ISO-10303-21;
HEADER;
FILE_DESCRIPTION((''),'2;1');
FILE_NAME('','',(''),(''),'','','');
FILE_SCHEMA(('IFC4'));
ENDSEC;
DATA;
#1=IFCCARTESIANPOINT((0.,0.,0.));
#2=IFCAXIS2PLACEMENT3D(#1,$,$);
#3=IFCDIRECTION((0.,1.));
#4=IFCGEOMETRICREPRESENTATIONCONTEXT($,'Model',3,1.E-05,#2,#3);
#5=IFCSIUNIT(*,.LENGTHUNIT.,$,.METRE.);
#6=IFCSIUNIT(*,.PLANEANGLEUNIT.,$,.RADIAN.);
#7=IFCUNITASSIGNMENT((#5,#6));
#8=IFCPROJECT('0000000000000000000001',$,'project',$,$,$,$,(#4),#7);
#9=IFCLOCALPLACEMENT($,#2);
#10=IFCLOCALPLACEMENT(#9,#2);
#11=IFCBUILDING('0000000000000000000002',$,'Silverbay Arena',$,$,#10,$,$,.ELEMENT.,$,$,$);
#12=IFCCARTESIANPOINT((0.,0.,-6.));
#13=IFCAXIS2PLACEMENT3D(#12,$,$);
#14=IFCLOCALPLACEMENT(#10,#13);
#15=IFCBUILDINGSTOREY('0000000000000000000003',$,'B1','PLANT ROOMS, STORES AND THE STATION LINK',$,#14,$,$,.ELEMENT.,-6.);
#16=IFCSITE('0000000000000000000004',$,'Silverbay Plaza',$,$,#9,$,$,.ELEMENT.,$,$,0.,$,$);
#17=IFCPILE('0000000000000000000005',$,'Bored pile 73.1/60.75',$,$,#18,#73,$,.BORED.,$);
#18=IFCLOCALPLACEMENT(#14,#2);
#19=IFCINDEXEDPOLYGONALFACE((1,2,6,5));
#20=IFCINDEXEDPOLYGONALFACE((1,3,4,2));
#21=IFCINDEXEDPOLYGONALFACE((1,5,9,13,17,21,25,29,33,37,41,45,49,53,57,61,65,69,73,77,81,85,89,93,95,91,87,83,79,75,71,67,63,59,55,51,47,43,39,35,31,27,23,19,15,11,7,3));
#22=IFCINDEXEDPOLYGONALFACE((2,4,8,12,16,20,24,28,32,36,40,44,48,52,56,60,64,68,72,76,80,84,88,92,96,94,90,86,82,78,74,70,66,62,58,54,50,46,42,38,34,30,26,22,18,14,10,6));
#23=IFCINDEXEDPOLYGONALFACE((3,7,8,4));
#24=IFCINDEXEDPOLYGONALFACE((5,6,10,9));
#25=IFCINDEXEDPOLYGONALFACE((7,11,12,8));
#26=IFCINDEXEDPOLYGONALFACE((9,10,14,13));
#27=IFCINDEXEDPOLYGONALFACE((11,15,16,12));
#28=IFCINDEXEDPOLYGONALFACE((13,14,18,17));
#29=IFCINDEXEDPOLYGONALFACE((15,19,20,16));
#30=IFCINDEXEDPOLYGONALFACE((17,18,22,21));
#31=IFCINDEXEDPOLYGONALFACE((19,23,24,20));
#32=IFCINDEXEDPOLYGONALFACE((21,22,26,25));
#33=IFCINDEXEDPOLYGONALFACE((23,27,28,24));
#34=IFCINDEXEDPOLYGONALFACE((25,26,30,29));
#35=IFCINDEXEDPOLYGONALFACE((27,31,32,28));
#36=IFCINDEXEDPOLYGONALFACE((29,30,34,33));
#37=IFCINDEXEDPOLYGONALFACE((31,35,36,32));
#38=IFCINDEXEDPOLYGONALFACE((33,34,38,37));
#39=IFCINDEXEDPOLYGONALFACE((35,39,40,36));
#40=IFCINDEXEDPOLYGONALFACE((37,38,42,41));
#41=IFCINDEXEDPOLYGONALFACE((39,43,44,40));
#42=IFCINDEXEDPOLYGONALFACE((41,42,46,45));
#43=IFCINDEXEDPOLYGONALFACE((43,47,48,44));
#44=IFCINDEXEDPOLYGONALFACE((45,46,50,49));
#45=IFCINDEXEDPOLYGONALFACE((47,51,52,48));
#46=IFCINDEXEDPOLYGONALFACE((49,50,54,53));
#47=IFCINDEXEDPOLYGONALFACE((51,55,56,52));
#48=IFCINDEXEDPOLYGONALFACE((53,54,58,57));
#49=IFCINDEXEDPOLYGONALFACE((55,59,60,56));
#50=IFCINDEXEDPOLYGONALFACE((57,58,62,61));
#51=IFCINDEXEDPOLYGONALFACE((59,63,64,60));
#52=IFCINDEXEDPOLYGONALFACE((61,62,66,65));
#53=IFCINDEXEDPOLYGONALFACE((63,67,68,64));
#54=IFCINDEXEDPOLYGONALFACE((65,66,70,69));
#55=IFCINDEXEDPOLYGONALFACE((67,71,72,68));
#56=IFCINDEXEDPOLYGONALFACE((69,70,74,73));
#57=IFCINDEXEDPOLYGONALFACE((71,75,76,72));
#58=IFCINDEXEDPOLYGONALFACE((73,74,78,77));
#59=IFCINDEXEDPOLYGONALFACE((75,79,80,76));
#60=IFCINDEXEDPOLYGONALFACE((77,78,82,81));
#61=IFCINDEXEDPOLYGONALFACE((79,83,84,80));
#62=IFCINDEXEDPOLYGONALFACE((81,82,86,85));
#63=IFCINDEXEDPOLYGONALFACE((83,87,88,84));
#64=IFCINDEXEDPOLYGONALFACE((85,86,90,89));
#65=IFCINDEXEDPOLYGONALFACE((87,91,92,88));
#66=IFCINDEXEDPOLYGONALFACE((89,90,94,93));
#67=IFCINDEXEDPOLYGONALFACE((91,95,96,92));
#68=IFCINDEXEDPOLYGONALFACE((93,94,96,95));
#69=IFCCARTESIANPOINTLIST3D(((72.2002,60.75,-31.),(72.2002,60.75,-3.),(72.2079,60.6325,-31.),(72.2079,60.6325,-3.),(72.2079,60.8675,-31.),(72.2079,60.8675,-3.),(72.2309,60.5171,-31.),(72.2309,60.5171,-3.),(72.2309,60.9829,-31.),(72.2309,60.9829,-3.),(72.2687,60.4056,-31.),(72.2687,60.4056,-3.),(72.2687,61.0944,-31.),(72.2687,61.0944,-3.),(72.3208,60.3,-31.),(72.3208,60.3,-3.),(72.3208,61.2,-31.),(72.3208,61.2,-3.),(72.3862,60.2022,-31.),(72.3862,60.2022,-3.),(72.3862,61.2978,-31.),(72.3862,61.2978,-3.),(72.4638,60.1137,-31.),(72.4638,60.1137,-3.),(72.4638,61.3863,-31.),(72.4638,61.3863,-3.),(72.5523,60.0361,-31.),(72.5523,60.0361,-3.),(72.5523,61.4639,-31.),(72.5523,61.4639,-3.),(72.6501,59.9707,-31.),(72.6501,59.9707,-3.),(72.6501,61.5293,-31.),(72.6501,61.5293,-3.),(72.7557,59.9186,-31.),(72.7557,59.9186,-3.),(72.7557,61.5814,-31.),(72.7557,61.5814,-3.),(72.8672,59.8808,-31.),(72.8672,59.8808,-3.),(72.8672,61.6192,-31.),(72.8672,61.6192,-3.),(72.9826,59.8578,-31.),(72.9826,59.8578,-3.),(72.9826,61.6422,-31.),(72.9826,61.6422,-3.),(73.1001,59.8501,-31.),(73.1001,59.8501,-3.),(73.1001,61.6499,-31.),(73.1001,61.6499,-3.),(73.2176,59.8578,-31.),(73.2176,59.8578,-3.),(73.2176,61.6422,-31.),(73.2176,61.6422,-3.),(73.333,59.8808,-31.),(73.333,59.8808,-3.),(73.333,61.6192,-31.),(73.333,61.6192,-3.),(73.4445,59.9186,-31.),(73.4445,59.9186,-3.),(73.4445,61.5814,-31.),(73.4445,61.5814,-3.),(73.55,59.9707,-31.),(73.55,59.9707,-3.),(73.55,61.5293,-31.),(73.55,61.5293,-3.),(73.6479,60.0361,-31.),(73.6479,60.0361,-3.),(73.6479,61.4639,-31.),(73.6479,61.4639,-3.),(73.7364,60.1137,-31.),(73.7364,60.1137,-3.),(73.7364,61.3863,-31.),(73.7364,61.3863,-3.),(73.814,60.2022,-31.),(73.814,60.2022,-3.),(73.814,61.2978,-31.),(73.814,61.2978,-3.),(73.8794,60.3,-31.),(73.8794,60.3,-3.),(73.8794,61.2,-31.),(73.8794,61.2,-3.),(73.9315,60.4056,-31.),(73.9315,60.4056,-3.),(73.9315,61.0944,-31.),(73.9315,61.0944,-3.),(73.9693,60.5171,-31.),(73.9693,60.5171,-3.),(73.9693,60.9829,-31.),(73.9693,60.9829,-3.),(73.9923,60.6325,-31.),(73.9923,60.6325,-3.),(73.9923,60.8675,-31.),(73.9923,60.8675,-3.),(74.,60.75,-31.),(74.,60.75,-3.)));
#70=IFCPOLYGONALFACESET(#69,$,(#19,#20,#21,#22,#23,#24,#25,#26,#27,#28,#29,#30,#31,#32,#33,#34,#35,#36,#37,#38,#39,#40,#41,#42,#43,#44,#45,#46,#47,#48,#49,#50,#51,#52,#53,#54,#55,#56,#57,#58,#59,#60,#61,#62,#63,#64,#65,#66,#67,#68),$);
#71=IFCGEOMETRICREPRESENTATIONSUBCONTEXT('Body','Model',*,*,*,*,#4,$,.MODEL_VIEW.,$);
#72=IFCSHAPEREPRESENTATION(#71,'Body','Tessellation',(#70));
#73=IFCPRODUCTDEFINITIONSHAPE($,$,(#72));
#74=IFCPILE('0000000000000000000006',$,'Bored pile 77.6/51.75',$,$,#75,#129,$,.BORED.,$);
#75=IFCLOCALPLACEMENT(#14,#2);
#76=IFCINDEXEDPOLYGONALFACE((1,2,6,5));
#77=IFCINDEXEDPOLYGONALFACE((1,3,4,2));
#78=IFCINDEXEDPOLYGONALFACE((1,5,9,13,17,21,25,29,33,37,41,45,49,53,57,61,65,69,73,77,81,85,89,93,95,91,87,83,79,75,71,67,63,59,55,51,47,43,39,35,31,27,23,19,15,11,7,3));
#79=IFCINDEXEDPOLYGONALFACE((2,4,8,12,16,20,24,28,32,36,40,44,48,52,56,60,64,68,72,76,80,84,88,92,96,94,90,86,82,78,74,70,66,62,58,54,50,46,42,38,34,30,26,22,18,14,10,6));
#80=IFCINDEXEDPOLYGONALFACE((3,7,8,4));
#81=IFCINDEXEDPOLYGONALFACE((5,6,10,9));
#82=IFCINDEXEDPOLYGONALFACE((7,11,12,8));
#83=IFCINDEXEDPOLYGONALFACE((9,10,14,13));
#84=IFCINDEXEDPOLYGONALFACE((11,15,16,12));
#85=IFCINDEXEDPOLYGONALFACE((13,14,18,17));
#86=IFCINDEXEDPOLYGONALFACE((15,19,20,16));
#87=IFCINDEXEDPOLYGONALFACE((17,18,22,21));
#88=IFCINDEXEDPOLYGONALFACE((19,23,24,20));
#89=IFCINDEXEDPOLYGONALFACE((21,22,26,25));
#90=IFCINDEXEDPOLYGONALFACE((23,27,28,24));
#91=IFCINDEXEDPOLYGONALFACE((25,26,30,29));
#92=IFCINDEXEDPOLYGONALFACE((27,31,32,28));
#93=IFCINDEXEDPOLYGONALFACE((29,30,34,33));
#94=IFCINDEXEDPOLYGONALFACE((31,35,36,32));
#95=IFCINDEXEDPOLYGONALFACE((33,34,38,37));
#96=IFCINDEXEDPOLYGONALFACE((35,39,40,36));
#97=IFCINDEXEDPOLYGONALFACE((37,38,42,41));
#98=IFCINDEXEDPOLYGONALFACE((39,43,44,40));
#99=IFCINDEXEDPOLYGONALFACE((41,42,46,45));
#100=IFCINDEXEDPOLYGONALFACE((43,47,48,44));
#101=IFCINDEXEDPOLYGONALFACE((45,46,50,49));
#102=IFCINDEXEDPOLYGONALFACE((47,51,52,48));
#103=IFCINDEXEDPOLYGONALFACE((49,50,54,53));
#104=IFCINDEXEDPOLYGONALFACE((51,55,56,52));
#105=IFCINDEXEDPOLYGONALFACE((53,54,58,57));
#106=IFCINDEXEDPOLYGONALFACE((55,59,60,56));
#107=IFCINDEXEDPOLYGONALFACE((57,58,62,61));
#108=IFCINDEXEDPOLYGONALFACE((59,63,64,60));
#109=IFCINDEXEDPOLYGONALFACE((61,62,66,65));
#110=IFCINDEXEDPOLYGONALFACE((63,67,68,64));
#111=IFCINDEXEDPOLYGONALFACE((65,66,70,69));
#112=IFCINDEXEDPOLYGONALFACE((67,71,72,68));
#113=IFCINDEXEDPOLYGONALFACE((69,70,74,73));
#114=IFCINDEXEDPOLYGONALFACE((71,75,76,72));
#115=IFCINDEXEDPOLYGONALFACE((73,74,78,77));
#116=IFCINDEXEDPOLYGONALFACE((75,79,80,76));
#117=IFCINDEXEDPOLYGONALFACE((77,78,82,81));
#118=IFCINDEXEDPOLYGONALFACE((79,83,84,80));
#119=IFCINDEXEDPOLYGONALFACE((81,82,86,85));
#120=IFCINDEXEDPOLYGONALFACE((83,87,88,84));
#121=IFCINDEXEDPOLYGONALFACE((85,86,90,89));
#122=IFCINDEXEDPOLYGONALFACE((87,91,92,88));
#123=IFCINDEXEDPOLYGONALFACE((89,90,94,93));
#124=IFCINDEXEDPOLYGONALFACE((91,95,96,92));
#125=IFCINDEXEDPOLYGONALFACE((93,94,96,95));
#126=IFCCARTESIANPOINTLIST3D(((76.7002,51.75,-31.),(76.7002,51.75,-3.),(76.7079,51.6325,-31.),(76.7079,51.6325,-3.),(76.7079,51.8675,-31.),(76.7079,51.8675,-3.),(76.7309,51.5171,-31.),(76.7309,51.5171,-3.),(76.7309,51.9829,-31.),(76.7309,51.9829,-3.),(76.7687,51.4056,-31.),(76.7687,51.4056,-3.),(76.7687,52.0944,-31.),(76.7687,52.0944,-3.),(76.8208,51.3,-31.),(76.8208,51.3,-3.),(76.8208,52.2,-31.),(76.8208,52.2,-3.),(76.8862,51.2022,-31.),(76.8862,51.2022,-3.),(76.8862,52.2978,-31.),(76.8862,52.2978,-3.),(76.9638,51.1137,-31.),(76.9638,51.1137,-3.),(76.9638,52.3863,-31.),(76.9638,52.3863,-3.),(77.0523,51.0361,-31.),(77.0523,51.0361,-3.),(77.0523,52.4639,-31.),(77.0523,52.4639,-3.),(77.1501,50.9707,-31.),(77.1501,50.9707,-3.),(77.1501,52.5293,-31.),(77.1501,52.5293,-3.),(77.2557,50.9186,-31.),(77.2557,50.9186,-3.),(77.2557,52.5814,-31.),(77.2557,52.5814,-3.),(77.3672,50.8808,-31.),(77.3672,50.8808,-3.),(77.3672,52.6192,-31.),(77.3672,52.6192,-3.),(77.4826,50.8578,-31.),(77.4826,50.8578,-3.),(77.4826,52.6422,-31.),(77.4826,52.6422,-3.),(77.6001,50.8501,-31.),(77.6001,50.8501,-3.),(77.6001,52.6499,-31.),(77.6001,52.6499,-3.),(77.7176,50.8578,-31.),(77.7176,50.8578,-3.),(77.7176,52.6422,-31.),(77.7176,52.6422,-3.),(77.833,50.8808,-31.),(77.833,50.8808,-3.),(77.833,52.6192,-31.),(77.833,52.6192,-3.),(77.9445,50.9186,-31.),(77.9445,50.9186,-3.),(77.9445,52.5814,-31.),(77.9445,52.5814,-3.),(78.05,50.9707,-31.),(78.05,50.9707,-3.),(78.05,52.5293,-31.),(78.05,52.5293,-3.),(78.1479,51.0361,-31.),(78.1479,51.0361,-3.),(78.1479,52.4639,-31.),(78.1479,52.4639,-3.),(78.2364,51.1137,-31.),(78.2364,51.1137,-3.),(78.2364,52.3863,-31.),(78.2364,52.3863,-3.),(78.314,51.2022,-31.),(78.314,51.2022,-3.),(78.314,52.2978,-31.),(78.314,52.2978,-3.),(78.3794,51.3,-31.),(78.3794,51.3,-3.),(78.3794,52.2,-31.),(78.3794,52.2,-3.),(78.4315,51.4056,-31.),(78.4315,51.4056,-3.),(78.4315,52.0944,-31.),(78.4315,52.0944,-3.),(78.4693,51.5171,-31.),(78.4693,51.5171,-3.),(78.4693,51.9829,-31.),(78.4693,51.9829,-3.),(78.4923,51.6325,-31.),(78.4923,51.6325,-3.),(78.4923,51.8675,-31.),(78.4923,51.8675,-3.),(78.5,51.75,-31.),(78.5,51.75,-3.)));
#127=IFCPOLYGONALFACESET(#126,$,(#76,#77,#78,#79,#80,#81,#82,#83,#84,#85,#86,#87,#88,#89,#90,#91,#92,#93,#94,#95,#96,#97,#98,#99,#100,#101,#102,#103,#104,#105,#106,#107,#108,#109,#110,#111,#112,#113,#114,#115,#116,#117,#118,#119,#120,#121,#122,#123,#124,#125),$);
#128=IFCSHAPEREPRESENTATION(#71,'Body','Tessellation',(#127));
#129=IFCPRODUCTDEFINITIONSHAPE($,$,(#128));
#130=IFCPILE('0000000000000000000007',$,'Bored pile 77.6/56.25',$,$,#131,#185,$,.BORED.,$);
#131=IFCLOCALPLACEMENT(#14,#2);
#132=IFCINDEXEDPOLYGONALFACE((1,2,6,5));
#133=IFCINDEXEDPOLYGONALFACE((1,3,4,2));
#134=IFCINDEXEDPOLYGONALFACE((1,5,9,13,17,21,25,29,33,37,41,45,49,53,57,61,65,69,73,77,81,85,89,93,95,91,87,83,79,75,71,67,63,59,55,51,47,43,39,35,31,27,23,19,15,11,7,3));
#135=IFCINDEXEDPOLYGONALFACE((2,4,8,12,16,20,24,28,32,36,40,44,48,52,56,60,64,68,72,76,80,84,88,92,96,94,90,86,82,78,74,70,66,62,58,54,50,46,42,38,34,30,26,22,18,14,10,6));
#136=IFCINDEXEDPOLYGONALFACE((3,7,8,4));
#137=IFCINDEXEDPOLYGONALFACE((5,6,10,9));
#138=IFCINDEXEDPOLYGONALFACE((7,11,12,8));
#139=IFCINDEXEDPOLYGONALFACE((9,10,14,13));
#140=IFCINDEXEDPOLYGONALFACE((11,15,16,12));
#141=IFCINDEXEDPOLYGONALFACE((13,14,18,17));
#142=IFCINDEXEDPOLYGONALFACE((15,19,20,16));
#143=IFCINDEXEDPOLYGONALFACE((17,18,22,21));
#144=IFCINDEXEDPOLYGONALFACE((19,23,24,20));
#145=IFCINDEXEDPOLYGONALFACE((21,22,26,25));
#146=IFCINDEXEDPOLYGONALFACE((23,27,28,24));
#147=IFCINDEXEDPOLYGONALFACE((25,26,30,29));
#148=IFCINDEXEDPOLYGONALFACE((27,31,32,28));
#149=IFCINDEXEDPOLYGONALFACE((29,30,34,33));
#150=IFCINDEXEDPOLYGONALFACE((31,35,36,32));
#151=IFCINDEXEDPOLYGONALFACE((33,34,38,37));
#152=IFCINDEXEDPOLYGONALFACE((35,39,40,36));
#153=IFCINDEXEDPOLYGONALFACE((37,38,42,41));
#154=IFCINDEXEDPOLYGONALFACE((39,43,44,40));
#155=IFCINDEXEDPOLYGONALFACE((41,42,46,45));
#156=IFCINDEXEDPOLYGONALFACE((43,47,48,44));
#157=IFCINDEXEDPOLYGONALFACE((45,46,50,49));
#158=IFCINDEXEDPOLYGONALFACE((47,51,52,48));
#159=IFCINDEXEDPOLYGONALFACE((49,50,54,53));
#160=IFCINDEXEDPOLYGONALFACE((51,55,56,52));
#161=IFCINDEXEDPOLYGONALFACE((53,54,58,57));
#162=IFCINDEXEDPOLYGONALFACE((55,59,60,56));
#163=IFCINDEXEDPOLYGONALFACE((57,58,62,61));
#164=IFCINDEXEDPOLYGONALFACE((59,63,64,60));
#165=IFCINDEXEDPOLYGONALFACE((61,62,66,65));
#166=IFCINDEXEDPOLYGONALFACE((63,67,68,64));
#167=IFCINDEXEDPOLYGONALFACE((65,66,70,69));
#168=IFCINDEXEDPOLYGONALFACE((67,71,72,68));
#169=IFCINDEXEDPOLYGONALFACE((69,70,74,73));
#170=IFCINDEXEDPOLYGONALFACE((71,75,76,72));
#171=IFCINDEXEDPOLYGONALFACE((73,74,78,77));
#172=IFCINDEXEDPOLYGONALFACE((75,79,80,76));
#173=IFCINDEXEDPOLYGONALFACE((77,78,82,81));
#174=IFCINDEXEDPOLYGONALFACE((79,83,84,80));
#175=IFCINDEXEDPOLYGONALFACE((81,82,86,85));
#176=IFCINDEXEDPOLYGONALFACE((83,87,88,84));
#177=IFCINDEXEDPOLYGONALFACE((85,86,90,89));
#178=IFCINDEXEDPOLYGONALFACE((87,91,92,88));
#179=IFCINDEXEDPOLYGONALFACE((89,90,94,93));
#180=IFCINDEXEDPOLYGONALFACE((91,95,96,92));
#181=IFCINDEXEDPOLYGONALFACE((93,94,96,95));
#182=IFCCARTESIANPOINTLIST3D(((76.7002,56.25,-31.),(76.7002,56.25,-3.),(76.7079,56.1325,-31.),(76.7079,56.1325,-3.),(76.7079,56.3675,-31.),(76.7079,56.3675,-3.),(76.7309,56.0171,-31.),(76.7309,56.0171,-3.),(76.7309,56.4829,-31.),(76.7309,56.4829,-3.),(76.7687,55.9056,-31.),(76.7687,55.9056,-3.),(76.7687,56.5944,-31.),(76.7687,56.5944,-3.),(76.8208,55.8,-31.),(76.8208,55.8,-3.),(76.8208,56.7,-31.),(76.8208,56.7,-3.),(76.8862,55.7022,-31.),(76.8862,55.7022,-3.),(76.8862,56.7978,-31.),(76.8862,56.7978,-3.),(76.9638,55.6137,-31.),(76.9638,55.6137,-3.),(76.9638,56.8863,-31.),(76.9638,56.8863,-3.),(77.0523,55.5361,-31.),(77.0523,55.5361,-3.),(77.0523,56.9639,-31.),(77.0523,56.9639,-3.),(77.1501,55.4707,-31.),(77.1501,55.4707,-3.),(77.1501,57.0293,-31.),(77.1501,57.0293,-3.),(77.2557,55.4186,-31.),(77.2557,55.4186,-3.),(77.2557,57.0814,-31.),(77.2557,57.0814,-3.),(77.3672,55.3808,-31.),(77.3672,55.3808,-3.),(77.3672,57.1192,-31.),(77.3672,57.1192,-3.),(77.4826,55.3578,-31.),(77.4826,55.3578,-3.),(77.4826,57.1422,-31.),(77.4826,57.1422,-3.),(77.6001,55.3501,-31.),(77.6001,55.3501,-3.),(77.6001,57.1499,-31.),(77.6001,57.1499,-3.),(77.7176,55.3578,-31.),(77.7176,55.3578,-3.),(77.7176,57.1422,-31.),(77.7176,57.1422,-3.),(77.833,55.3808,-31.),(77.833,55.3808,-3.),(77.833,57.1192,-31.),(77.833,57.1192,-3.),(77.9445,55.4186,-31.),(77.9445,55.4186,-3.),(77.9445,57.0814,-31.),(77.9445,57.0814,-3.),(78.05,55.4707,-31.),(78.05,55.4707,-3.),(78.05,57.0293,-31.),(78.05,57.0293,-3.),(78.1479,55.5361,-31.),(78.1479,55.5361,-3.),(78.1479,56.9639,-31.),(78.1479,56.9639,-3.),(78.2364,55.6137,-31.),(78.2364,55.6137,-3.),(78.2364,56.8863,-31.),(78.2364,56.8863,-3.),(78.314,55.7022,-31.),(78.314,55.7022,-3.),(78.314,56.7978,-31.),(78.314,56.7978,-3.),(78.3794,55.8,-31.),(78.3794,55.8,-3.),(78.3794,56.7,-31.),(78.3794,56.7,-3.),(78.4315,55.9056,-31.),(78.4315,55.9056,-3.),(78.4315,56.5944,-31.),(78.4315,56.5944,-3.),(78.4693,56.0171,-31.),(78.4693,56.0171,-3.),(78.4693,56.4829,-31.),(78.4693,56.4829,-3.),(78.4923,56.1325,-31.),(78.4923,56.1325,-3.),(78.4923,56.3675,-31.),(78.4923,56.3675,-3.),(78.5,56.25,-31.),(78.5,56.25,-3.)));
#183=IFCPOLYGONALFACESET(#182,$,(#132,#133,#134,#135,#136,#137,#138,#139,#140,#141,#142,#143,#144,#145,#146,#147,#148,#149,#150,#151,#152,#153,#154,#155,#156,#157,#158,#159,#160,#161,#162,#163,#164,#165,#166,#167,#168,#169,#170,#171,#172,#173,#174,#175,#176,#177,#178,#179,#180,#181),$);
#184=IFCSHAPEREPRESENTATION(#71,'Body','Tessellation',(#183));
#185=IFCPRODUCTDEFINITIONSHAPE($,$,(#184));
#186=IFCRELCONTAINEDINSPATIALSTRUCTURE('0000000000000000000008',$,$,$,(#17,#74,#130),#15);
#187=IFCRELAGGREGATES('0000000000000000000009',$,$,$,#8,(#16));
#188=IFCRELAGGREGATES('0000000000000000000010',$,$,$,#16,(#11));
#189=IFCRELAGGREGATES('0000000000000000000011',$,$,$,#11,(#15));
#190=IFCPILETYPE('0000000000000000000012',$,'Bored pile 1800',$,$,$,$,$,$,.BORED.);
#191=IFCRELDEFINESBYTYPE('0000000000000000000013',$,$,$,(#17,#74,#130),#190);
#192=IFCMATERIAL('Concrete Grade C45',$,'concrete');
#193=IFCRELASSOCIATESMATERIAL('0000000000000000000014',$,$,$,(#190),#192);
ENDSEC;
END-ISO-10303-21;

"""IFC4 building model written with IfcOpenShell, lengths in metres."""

from ifc_helpers import new_model, si_unit, direction, frame, origin, origin_2d, place, context, subcontext, project, spatial, circle, extrude, material, material_profile, profile_set, type_object, element, save


model = new_model("IFC4")

# Units and contexts
model_context = context("Model", 3, precision=1e-05, world=origin(), true_north=direction((0.0, 1.0)))
body_context = subcontext(model_context, "Body", "Model", "MODEL_VIEW")
ifc_project = project(units=[si_unit("LENGTHUNIT", "METRE"), si_unit("PLANEANGLEUNIT", "RADIAN")], contexts=[model_context])

# Site, building, storey
site_placement = place(None, origin())
site = spatial("IfcSite", under=ifc_project, at=site_placement, Name="Silverbay Plaza", CompositionType="ELEMENT", RefElevation=0.0)
building_placement = place(site_placement, origin())
building = spatial("IfcBuilding", under=site, at=building_placement, Name="Silverbay Arena", CompositionType="ELEMENT")
storey_placement = place(building_placement, frame((0.0, 0.0, -6.0)))
storey = spatial("IfcBuildingStorey", under=building, at=storey_placement, Name="B1", Description="PLANT ROOMS, STORES AND THE STATION LINK", CompositionType="ELEMENT", Elevation=-6.0)

# Piles
ifc_material_1 = material(Name="Concrete Grade C45", Category="concrete")
ifc_material_profile_1 = material_profile(ifc_material_1, circle(Radius=0.8999, at=origin_2d()), Name="Bored pile 1800")
ifc_profile_set_1 = profile_set([ifc_material_profile_1], Name="Concrete Grade C45")
pile_type_1 = type_object("IfcPileType", Name="Bored pile 1800", PredefinedType="BORED", material=ifc_profile_set_1)
for number, where, z_axis, x_axis, name in (
    (1, (73.1001, 60.75, -3.0), (0.0, 0.0, -1.0), (1.0, 0.0, 0.0), "Bored pile 73.1/60.75"),
    (2, (77.6001, 51.75, -3.0), (0.0, 0.0, -1.0), (1.0, 0.0, 0.0), "Bored pile 77.6/51.75"),
    (3, (77.6001, 56.25, -3.0), (0.0, 0.0, -1.0), (1.0, 0.0, 0.0), "Bored pile 77.6/56.25"),
):
    element("IfcPile", number, at=place(storey_placement, frame(where, z_axis=z_axis, x_axis=x_axis)), inside=storey, type_object=pile_type_1, Name=name, PredefinedType="BORED", context=body_context, shape_type="SweptSolid", body=[
        extrude(circle(Radius=0.8999, at=origin_2d()), origin(), (0.0, 0.0, 1.0), 28.0),
    ])

save(model, "model.ifc")
